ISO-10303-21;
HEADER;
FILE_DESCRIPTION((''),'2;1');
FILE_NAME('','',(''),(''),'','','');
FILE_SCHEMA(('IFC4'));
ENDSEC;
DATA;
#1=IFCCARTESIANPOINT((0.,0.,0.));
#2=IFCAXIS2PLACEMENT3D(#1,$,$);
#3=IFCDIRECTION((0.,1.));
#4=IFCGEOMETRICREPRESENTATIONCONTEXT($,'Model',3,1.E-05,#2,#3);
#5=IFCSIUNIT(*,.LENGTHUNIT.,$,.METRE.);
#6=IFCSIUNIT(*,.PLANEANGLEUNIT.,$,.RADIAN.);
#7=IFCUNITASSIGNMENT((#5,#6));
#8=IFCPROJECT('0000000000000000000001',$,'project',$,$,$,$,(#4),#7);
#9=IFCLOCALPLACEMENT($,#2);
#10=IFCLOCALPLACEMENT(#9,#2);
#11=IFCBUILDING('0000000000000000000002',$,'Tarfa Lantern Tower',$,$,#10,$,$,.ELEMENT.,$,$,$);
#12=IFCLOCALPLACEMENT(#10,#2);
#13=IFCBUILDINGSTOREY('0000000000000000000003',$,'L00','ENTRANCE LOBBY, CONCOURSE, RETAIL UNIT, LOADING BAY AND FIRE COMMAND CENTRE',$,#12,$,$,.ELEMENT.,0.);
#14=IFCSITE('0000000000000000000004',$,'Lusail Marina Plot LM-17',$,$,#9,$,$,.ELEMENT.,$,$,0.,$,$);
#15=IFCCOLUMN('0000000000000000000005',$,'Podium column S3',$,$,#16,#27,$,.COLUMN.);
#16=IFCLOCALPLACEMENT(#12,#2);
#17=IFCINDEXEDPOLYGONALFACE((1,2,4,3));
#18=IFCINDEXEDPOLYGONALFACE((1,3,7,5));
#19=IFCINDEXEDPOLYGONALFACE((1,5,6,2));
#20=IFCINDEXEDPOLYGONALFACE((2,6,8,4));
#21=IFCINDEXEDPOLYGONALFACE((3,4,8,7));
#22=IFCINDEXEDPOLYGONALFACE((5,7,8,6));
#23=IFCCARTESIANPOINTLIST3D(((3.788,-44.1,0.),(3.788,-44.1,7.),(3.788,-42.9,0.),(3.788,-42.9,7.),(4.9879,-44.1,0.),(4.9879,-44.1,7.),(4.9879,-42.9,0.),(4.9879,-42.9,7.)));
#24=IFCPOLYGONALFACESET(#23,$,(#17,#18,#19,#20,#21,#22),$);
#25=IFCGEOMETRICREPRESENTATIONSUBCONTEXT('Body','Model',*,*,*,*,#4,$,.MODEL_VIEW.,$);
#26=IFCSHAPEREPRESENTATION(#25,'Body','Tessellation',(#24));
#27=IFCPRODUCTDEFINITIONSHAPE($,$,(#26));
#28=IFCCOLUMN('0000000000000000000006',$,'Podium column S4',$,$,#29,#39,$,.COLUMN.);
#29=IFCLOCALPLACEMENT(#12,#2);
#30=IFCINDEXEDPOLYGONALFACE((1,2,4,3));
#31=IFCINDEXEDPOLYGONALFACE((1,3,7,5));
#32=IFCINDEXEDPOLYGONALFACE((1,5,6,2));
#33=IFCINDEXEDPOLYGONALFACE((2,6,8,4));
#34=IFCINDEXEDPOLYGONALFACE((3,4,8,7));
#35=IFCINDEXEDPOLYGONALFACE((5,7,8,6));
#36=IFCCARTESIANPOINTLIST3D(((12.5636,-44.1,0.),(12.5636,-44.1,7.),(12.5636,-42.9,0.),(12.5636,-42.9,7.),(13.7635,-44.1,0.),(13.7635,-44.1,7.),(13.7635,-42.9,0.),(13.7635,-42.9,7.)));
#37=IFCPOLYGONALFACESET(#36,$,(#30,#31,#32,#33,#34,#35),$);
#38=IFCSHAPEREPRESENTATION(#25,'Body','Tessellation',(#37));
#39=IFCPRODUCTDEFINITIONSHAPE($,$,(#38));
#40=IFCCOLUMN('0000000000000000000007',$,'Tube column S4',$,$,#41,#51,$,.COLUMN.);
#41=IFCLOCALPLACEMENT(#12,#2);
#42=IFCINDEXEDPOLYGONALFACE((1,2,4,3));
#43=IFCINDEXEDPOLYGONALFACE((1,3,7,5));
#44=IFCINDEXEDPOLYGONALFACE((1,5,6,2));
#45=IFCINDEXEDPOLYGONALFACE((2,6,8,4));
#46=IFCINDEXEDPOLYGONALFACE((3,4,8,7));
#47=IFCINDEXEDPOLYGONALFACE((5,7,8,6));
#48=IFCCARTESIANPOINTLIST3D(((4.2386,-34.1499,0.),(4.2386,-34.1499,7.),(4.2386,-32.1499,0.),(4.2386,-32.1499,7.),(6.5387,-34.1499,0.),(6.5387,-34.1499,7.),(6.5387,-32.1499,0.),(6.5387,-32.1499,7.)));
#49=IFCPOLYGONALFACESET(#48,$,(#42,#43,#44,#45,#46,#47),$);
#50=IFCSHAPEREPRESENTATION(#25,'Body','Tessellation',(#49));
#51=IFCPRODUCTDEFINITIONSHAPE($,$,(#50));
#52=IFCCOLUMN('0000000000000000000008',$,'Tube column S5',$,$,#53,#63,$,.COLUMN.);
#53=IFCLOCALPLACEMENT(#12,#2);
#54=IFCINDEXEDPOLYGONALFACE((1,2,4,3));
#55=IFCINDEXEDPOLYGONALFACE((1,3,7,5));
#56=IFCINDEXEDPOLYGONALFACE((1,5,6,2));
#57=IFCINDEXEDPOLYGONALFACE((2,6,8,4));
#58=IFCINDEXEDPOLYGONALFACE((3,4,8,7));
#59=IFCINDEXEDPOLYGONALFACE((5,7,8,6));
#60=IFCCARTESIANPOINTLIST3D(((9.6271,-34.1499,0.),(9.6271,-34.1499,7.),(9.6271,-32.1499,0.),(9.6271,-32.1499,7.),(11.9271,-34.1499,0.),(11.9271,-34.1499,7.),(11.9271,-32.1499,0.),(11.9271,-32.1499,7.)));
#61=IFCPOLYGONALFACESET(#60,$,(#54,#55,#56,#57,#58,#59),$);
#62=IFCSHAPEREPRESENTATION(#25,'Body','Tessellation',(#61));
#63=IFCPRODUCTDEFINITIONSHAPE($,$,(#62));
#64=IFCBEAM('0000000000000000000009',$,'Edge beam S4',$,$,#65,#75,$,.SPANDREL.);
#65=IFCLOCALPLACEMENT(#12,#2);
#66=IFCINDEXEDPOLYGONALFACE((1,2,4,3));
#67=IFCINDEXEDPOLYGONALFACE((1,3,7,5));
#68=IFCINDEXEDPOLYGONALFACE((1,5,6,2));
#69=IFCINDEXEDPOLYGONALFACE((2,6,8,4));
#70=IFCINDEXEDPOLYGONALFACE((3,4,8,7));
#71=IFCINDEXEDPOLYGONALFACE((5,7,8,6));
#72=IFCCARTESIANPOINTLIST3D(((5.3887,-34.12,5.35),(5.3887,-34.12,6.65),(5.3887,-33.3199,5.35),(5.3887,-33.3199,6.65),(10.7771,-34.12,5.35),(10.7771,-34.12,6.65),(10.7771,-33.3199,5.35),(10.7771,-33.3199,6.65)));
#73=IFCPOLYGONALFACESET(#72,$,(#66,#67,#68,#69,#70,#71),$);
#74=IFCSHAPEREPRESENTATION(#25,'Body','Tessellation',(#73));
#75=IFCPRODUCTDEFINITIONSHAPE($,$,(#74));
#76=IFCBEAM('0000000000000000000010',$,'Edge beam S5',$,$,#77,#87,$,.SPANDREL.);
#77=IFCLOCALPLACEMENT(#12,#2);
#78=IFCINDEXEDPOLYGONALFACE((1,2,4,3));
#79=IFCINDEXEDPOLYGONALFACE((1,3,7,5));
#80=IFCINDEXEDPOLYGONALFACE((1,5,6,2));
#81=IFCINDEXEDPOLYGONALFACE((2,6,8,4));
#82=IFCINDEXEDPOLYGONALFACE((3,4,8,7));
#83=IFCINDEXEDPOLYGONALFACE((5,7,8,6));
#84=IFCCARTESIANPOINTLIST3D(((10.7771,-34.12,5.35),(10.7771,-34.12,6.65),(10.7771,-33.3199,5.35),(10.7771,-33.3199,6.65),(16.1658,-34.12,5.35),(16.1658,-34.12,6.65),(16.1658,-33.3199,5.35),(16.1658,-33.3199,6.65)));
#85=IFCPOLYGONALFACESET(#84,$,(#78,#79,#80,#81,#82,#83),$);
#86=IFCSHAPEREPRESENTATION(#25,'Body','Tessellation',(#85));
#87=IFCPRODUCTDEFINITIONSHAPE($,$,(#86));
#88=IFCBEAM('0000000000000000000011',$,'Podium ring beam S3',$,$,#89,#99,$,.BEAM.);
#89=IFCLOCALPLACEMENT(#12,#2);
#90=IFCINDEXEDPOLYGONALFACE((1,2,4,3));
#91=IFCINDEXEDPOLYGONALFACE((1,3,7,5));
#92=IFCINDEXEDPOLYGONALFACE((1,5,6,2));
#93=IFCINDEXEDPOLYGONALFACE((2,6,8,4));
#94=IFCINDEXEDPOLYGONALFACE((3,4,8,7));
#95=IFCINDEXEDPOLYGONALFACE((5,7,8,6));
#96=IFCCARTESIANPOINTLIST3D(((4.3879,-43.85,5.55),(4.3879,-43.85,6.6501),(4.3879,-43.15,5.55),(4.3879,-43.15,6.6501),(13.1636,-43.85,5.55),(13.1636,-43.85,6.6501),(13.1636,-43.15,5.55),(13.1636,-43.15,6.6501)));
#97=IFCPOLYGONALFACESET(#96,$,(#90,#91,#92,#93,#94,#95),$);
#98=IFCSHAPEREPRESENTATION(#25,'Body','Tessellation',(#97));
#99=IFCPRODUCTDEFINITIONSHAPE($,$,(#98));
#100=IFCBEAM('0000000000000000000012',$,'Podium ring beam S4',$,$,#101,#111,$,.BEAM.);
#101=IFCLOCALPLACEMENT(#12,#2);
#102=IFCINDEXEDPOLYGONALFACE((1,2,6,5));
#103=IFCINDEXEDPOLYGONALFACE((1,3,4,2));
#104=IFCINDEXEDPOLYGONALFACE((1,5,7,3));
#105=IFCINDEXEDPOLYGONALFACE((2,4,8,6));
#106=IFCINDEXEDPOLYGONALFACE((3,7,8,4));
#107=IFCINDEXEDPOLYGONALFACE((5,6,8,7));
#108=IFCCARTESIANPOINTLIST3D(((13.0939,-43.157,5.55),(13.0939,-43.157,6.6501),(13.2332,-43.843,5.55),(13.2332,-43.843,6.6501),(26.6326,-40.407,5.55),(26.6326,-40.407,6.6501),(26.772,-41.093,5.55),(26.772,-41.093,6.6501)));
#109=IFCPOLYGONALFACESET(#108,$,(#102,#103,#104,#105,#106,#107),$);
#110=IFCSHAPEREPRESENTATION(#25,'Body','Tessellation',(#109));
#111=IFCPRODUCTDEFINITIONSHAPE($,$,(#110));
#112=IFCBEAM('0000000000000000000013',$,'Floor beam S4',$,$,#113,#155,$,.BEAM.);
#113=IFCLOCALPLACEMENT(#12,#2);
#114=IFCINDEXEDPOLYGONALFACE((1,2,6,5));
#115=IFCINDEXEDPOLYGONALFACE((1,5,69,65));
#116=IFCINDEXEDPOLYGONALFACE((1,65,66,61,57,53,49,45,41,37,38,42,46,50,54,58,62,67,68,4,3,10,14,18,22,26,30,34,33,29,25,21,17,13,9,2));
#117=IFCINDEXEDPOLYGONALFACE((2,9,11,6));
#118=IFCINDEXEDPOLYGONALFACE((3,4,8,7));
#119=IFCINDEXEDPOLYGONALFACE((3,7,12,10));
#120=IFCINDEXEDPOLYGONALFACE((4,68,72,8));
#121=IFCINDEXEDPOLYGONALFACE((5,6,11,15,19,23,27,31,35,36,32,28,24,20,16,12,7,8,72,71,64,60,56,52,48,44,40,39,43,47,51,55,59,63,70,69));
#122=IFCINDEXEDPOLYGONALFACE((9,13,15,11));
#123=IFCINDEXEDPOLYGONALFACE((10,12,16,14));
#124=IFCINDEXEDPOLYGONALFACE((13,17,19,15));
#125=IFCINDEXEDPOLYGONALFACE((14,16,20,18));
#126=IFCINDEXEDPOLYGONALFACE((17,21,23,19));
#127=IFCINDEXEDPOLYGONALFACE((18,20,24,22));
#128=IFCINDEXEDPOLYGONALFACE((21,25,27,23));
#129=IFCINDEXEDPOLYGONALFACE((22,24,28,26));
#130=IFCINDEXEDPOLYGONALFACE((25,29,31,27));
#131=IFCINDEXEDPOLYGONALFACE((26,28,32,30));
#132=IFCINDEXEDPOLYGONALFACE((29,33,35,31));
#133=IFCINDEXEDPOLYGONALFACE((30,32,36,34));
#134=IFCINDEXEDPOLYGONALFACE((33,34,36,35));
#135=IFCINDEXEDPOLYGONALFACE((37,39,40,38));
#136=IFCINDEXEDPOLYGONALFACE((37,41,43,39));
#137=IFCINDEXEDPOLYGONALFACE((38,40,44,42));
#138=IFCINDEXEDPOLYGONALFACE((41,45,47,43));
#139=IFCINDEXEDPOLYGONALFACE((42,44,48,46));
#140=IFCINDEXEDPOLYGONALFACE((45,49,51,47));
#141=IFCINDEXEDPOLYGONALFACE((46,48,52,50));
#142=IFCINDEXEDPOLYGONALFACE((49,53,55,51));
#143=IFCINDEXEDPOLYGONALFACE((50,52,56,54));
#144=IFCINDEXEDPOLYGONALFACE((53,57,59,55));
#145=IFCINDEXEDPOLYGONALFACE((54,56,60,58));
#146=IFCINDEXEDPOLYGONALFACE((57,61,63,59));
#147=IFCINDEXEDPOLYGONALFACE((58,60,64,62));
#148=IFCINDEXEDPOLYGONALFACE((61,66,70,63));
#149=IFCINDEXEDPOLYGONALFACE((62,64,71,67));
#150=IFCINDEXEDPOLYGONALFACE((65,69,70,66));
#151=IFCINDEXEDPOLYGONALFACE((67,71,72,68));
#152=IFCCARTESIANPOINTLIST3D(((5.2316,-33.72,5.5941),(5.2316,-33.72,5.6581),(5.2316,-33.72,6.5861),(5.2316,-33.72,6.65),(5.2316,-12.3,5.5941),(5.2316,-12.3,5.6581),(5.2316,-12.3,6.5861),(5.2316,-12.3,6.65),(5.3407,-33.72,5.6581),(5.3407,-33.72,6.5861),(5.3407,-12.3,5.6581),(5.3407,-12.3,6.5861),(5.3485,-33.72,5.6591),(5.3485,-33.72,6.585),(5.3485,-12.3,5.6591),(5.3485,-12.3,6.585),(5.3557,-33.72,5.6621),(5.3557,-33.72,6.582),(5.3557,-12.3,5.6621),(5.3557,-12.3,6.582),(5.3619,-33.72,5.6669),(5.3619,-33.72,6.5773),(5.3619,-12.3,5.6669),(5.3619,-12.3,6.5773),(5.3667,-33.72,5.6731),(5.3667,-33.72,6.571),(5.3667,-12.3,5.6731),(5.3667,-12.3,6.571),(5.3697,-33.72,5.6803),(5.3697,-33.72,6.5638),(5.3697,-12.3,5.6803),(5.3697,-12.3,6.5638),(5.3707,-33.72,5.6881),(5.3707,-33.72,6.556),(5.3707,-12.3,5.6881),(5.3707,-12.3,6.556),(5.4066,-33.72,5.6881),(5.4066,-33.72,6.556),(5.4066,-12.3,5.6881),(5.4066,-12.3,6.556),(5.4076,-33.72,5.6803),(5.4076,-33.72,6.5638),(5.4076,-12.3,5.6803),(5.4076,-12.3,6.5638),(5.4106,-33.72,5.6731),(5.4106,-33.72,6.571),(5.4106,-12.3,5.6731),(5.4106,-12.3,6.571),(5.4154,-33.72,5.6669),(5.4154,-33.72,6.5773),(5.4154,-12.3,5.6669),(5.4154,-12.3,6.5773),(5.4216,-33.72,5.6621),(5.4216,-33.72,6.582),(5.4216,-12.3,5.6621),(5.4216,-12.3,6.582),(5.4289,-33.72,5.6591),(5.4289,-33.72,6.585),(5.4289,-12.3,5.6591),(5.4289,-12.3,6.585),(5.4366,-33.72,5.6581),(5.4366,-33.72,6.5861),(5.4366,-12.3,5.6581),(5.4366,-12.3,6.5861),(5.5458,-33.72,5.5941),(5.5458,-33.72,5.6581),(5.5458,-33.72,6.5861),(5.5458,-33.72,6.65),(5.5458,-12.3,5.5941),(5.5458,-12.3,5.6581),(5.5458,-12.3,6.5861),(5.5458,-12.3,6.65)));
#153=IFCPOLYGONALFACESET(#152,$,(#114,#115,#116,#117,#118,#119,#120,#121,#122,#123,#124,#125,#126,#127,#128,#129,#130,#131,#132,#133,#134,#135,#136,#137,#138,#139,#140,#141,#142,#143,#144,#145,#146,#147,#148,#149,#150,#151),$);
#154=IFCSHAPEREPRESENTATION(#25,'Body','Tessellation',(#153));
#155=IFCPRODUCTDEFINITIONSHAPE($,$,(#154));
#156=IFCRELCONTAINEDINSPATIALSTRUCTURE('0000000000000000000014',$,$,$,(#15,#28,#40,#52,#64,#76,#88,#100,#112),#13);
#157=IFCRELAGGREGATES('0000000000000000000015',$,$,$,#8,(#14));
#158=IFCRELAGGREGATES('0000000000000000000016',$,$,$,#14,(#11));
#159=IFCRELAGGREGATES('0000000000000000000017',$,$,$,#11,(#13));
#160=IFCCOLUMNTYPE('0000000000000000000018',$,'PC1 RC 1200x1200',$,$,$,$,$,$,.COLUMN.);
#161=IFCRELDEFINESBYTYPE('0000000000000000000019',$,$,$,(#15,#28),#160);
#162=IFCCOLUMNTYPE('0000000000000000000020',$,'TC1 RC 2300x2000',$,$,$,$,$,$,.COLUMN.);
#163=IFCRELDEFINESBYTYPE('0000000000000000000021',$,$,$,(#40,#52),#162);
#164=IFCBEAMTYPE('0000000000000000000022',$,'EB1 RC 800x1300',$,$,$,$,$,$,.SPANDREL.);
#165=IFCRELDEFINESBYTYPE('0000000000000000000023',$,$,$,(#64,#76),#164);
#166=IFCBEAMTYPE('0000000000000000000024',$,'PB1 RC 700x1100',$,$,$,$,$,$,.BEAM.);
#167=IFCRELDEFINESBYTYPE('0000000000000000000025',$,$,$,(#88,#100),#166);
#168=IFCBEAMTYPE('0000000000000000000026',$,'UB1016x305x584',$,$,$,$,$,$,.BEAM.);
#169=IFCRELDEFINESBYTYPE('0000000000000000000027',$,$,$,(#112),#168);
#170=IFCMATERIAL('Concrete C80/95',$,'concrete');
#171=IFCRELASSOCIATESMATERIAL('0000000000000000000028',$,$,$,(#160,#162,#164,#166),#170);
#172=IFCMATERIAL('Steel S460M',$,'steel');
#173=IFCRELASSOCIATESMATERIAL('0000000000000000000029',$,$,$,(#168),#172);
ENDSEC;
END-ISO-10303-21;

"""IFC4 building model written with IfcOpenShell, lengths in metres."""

from ifc_helpers import new_model, si_unit, direction, frame, origin, origin_2d, place, context, subcontext, project, spatial, rectangle, i_section, extrude, material, material_profile, profile_set, type_object, element, save


model = new_model("IFC4")

# Units and contexts
model_context = context("Model", 3, precision=1e-05, world=origin(), true_north=direction((0.0, 1.0)))
body_context = subcontext(model_context, "Body", "Model", "MODEL_VIEW")
ifc_project = project(units=[si_unit("LENGTHUNIT", "METRE"), si_unit("PLANEANGLEUNIT", "RADIAN")], contexts=[model_context])

# Site, building, storey
site_placement = place(None, origin())
site = spatial("IfcSite", under=ifc_project, at=site_placement, Name="Lusail Marina Plot LM-17", CompositionType="ELEMENT", RefElevation=0.0)
building_placement = place(site_placement, origin())
building = spatial("IfcBuilding", under=site, at=building_placement, Name="Tarfa Lantern Tower", CompositionType="ELEMENT")
storey_placement = place(building_placement, origin())
storey = spatial("IfcBuildingStorey", under=building, at=storey_placement, Name="L00", Description="ENTRANCE LOBBY, CONCOURSE, RETAIL UNIT, LOADING BAY AND FIRE COMMAND CENTRE", CompositionType="ELEMENT", Elevation=0.0)

# Columns
ifc_material_1 = material(Name="Concrete C80/95", Category="concrete")
ifc_material_profile_1 = material_profile(ifc_material_1, rectangle(XDim=1.2, YDim=1.2, at=origin_2d()), Name="RC 1200x1200")
ifc_profile_set_1 = profile_set([ifc_material_profile_1], Name="Concrete C80/95")
column_type_1 = type_object("IfcColumnType", Name="PC1 RC 1200x1200", PredefinedType="COLUMN", material=ifc_profile_set_1)
for number, where, z_axis, x_axis, name in (
    (1, (4.3879, -43.5, 0.0), (0.0, 0.0, 1.0), (1.0, 0.0, 0.0), "Podium column S3"),
    (2, (13.1636, -43.5, 0.0), (0.0, 0.0, 1.0), (1.0, 0.0, 0.0), "Podium column S4"),
):
    element("IfcColumn", number, at=place(storey_placement, frame(where, z_axis=z_axis, x_axis=x_axis)), inside=storey, type_object=column_type_1, Name=name, PredefinedType="COLUMN", context=body_context, shape_type="SweptSolid", body=[
        extrude(rectangle(XDim=1.2, YDim=1.2, at=origin_2d()), origin(), (0.0, 0.0, 1.0), 7.0),
    ])
ifc_material_profile_2 = material_profile(ifc_material_1, rectangle(XDim=2.3, YDim=2.0, at=origin_2d()), Name="RC 2300x2000")
ifc_profile_set_2 = profile_set([ifc_material_profile_2], Name="Concrete C80/95")
column_type_2 = type_object("IfcColumnType", Name="TC1 RC 2300x2000", PredefinedType="COLUMN", material=ifc_profile_set_2)
for number, where, z_axis, x_axis, name in (
    (3, (5.3887, -33.1499, 0.0), (0.0, 0.0, 1.0), (1.0, 0.0, 0.0), "Tube column S4"),
    (4, (10.7771, -33.1499, 0.0), (0.0, 0.0, 1.0), (1.0, 0.0, 0.0), "Tube column S5"),
):
    element("IfcColumn", number, at=place(storey_placement, frame(where, z_axis=z_axis, x_axis=x_axis)), inside=storey, type_object=column_type_2, Name=name, PredefinedType="COLUMN", context=body_context, shape_type="SweptSolid", body=[
        extrude(rectangle(XDim=2.3, YDim=2.0, at=origin_2d()), origin(), (0.0, 0.0, 1.0), 7.0),
    ])

# Beams
ifc_material_profile_3 = material_profile(ifc_material_1, rectangle(XDim=0.8, YDim=1.3, at=origin_2d()), Name="RC 800x1300")
ifc_profile_set_3 = profile_set([ifc_material_profile_3], Name="Concrete C80/95")
beam_type_1 = type_object("IfcBeamType", Name="EB1 RC 800x1300", PredefinedType="SPANDREL", material=ifc_profile_set_3)
beam_1_placement = place(storey_placement, frame((5.3887, -33.72, 6.0), z_axis=(1.0, 0.0, 0.0), x_axis=(0.0, 1.0, 0.0)))
element("IfcBeam", 5, at=beam_1_placement, inside=storey, type_object=beam_type_1, Name="Edge beam S4", PredefinedType="SPANDREL", context=body_context, shape_type="SweptSolid", body=[
    extrude(rectangle(XDim=0.8, YDim=1.3, at=origin_2d()), origin(), (0.0, 0.0, 1.0), 5.3884),
])
beam_2_placement = place(storey_placement, frame((10.7771, -33.72, 6.0), z_axis=(1.0, 0.0, 0.0), x_axis=(0.0, 1.0, 0.0)))
element("IfcBeam", 6, at=beam_2_placement, inside=storey, type_object=beam_type_1, Name="Edge beam S5", PredefinedType="SPANDREL", context=body_context, shape_type="SweptSolid", body=[
    extrude(rectangle(XDim=0.8, YDim=1.3, at=origin_2d()), origin(), (0.0, 0.0, 1.0), 5.3887),
])
ifc_material_profile_4 = material_profile(ifc_material_1, rectangle(XDim=0.7, YDim=1.1001, at=origin_2d()), Name="RC 700x1100")
ifc_profile_set_4 = profile_set([ifc_material_profile_4], Name="Concrete C80/95")
beam_type_2 = type_object("IfcBeamType", Name="PB1 RC 700x1100", PredefinedType="BEAM", material=ifc_profile_set_4)
beam_3_placement = place(storey_placement, frame((4.3879, -43.5, 6.1001), z_axis=(1.0, 0.0, 0.0), x_axis=(0.0, 1.0, 0.0)))
element("IfcBeam", 7, at=beam_3_placement, inside=storey, type_object=beam_type_2, Name="Podium ring beam S3", PredefinedType="BEAM", context=body_context, shape_type="SweptSolid", body=[
    extrude(rectangle(XDim=0.7, YDim=1.1001, at=origin_2d()), origin(), (0.0, 0.0, 1.0), 8.7756),
])
beam_4_placement = place(storey_placement, frame((13.1636, -43.5, 6.1001), z_axis=(0.979988, 0.199055, 0.0), x_axis=(-0.199055, 0.979988, 0.0)))
element("IfcBeam", 8, at=beam_4_placement, inside=storey, type_object=beam_type_2, Name="Podium ring beam S4", PredefinedType="BEAM", context=body_context, shape_type="SweptSolid", body=[
    extrude(rectangle(XDim=0.7, YDim=1.1001, at=origin_2d()), origin(), (0.0, 0.0, 1.0), 13.8152),
])
ifc_material_2 = material(Name="Steel S460M", Category="steel")
ifc_material_profile_5 = material_profile(ifc_material_2, i_section(OverallWidth=0.3142, OverallDepth=1.0559, WebThickness=0.0359, FlangeThickness=0.064, FilletRadius=0.03, at=origin_2d()), Name="UB1016x305x584")
ifc_profile_set_5 = profile_set([ifc_material_profile_5], Name="Steel S460M")
beam_type_3 = type_object("IfcBeamType", Name="UB1016x305x584", PredefinedType="BEAM", material=ifc_profile_set_5)
for number, where, z_axis, x_axis, name in (
    (9, (5.3887, -33.72, 6.1221), (0.0, 1.0, 0.0), (-1.0, 0.0, 0.0), "Floor beam S4"),
):
    element("IfcBeam", number, at=place(storey_placement, frame(where, z_axis=z_axis, x_axis=x_axis)), inside=storey, type_object=beam_type_3, Name=name, PredefinedType="BEAM", context=body_context, shape_type="SweptSolid", body=[
        extrude(i_section(OverallWidth=0.3142, OverallDepth=1.0559, WebThickness=0.0359, FlangeThickness=0.064, FilletRadius=0.03, at=origin_2d()), origin(), (0.0, 0.0, 1.0), 21.4199),
    ])

save(model, "model.ifc")
